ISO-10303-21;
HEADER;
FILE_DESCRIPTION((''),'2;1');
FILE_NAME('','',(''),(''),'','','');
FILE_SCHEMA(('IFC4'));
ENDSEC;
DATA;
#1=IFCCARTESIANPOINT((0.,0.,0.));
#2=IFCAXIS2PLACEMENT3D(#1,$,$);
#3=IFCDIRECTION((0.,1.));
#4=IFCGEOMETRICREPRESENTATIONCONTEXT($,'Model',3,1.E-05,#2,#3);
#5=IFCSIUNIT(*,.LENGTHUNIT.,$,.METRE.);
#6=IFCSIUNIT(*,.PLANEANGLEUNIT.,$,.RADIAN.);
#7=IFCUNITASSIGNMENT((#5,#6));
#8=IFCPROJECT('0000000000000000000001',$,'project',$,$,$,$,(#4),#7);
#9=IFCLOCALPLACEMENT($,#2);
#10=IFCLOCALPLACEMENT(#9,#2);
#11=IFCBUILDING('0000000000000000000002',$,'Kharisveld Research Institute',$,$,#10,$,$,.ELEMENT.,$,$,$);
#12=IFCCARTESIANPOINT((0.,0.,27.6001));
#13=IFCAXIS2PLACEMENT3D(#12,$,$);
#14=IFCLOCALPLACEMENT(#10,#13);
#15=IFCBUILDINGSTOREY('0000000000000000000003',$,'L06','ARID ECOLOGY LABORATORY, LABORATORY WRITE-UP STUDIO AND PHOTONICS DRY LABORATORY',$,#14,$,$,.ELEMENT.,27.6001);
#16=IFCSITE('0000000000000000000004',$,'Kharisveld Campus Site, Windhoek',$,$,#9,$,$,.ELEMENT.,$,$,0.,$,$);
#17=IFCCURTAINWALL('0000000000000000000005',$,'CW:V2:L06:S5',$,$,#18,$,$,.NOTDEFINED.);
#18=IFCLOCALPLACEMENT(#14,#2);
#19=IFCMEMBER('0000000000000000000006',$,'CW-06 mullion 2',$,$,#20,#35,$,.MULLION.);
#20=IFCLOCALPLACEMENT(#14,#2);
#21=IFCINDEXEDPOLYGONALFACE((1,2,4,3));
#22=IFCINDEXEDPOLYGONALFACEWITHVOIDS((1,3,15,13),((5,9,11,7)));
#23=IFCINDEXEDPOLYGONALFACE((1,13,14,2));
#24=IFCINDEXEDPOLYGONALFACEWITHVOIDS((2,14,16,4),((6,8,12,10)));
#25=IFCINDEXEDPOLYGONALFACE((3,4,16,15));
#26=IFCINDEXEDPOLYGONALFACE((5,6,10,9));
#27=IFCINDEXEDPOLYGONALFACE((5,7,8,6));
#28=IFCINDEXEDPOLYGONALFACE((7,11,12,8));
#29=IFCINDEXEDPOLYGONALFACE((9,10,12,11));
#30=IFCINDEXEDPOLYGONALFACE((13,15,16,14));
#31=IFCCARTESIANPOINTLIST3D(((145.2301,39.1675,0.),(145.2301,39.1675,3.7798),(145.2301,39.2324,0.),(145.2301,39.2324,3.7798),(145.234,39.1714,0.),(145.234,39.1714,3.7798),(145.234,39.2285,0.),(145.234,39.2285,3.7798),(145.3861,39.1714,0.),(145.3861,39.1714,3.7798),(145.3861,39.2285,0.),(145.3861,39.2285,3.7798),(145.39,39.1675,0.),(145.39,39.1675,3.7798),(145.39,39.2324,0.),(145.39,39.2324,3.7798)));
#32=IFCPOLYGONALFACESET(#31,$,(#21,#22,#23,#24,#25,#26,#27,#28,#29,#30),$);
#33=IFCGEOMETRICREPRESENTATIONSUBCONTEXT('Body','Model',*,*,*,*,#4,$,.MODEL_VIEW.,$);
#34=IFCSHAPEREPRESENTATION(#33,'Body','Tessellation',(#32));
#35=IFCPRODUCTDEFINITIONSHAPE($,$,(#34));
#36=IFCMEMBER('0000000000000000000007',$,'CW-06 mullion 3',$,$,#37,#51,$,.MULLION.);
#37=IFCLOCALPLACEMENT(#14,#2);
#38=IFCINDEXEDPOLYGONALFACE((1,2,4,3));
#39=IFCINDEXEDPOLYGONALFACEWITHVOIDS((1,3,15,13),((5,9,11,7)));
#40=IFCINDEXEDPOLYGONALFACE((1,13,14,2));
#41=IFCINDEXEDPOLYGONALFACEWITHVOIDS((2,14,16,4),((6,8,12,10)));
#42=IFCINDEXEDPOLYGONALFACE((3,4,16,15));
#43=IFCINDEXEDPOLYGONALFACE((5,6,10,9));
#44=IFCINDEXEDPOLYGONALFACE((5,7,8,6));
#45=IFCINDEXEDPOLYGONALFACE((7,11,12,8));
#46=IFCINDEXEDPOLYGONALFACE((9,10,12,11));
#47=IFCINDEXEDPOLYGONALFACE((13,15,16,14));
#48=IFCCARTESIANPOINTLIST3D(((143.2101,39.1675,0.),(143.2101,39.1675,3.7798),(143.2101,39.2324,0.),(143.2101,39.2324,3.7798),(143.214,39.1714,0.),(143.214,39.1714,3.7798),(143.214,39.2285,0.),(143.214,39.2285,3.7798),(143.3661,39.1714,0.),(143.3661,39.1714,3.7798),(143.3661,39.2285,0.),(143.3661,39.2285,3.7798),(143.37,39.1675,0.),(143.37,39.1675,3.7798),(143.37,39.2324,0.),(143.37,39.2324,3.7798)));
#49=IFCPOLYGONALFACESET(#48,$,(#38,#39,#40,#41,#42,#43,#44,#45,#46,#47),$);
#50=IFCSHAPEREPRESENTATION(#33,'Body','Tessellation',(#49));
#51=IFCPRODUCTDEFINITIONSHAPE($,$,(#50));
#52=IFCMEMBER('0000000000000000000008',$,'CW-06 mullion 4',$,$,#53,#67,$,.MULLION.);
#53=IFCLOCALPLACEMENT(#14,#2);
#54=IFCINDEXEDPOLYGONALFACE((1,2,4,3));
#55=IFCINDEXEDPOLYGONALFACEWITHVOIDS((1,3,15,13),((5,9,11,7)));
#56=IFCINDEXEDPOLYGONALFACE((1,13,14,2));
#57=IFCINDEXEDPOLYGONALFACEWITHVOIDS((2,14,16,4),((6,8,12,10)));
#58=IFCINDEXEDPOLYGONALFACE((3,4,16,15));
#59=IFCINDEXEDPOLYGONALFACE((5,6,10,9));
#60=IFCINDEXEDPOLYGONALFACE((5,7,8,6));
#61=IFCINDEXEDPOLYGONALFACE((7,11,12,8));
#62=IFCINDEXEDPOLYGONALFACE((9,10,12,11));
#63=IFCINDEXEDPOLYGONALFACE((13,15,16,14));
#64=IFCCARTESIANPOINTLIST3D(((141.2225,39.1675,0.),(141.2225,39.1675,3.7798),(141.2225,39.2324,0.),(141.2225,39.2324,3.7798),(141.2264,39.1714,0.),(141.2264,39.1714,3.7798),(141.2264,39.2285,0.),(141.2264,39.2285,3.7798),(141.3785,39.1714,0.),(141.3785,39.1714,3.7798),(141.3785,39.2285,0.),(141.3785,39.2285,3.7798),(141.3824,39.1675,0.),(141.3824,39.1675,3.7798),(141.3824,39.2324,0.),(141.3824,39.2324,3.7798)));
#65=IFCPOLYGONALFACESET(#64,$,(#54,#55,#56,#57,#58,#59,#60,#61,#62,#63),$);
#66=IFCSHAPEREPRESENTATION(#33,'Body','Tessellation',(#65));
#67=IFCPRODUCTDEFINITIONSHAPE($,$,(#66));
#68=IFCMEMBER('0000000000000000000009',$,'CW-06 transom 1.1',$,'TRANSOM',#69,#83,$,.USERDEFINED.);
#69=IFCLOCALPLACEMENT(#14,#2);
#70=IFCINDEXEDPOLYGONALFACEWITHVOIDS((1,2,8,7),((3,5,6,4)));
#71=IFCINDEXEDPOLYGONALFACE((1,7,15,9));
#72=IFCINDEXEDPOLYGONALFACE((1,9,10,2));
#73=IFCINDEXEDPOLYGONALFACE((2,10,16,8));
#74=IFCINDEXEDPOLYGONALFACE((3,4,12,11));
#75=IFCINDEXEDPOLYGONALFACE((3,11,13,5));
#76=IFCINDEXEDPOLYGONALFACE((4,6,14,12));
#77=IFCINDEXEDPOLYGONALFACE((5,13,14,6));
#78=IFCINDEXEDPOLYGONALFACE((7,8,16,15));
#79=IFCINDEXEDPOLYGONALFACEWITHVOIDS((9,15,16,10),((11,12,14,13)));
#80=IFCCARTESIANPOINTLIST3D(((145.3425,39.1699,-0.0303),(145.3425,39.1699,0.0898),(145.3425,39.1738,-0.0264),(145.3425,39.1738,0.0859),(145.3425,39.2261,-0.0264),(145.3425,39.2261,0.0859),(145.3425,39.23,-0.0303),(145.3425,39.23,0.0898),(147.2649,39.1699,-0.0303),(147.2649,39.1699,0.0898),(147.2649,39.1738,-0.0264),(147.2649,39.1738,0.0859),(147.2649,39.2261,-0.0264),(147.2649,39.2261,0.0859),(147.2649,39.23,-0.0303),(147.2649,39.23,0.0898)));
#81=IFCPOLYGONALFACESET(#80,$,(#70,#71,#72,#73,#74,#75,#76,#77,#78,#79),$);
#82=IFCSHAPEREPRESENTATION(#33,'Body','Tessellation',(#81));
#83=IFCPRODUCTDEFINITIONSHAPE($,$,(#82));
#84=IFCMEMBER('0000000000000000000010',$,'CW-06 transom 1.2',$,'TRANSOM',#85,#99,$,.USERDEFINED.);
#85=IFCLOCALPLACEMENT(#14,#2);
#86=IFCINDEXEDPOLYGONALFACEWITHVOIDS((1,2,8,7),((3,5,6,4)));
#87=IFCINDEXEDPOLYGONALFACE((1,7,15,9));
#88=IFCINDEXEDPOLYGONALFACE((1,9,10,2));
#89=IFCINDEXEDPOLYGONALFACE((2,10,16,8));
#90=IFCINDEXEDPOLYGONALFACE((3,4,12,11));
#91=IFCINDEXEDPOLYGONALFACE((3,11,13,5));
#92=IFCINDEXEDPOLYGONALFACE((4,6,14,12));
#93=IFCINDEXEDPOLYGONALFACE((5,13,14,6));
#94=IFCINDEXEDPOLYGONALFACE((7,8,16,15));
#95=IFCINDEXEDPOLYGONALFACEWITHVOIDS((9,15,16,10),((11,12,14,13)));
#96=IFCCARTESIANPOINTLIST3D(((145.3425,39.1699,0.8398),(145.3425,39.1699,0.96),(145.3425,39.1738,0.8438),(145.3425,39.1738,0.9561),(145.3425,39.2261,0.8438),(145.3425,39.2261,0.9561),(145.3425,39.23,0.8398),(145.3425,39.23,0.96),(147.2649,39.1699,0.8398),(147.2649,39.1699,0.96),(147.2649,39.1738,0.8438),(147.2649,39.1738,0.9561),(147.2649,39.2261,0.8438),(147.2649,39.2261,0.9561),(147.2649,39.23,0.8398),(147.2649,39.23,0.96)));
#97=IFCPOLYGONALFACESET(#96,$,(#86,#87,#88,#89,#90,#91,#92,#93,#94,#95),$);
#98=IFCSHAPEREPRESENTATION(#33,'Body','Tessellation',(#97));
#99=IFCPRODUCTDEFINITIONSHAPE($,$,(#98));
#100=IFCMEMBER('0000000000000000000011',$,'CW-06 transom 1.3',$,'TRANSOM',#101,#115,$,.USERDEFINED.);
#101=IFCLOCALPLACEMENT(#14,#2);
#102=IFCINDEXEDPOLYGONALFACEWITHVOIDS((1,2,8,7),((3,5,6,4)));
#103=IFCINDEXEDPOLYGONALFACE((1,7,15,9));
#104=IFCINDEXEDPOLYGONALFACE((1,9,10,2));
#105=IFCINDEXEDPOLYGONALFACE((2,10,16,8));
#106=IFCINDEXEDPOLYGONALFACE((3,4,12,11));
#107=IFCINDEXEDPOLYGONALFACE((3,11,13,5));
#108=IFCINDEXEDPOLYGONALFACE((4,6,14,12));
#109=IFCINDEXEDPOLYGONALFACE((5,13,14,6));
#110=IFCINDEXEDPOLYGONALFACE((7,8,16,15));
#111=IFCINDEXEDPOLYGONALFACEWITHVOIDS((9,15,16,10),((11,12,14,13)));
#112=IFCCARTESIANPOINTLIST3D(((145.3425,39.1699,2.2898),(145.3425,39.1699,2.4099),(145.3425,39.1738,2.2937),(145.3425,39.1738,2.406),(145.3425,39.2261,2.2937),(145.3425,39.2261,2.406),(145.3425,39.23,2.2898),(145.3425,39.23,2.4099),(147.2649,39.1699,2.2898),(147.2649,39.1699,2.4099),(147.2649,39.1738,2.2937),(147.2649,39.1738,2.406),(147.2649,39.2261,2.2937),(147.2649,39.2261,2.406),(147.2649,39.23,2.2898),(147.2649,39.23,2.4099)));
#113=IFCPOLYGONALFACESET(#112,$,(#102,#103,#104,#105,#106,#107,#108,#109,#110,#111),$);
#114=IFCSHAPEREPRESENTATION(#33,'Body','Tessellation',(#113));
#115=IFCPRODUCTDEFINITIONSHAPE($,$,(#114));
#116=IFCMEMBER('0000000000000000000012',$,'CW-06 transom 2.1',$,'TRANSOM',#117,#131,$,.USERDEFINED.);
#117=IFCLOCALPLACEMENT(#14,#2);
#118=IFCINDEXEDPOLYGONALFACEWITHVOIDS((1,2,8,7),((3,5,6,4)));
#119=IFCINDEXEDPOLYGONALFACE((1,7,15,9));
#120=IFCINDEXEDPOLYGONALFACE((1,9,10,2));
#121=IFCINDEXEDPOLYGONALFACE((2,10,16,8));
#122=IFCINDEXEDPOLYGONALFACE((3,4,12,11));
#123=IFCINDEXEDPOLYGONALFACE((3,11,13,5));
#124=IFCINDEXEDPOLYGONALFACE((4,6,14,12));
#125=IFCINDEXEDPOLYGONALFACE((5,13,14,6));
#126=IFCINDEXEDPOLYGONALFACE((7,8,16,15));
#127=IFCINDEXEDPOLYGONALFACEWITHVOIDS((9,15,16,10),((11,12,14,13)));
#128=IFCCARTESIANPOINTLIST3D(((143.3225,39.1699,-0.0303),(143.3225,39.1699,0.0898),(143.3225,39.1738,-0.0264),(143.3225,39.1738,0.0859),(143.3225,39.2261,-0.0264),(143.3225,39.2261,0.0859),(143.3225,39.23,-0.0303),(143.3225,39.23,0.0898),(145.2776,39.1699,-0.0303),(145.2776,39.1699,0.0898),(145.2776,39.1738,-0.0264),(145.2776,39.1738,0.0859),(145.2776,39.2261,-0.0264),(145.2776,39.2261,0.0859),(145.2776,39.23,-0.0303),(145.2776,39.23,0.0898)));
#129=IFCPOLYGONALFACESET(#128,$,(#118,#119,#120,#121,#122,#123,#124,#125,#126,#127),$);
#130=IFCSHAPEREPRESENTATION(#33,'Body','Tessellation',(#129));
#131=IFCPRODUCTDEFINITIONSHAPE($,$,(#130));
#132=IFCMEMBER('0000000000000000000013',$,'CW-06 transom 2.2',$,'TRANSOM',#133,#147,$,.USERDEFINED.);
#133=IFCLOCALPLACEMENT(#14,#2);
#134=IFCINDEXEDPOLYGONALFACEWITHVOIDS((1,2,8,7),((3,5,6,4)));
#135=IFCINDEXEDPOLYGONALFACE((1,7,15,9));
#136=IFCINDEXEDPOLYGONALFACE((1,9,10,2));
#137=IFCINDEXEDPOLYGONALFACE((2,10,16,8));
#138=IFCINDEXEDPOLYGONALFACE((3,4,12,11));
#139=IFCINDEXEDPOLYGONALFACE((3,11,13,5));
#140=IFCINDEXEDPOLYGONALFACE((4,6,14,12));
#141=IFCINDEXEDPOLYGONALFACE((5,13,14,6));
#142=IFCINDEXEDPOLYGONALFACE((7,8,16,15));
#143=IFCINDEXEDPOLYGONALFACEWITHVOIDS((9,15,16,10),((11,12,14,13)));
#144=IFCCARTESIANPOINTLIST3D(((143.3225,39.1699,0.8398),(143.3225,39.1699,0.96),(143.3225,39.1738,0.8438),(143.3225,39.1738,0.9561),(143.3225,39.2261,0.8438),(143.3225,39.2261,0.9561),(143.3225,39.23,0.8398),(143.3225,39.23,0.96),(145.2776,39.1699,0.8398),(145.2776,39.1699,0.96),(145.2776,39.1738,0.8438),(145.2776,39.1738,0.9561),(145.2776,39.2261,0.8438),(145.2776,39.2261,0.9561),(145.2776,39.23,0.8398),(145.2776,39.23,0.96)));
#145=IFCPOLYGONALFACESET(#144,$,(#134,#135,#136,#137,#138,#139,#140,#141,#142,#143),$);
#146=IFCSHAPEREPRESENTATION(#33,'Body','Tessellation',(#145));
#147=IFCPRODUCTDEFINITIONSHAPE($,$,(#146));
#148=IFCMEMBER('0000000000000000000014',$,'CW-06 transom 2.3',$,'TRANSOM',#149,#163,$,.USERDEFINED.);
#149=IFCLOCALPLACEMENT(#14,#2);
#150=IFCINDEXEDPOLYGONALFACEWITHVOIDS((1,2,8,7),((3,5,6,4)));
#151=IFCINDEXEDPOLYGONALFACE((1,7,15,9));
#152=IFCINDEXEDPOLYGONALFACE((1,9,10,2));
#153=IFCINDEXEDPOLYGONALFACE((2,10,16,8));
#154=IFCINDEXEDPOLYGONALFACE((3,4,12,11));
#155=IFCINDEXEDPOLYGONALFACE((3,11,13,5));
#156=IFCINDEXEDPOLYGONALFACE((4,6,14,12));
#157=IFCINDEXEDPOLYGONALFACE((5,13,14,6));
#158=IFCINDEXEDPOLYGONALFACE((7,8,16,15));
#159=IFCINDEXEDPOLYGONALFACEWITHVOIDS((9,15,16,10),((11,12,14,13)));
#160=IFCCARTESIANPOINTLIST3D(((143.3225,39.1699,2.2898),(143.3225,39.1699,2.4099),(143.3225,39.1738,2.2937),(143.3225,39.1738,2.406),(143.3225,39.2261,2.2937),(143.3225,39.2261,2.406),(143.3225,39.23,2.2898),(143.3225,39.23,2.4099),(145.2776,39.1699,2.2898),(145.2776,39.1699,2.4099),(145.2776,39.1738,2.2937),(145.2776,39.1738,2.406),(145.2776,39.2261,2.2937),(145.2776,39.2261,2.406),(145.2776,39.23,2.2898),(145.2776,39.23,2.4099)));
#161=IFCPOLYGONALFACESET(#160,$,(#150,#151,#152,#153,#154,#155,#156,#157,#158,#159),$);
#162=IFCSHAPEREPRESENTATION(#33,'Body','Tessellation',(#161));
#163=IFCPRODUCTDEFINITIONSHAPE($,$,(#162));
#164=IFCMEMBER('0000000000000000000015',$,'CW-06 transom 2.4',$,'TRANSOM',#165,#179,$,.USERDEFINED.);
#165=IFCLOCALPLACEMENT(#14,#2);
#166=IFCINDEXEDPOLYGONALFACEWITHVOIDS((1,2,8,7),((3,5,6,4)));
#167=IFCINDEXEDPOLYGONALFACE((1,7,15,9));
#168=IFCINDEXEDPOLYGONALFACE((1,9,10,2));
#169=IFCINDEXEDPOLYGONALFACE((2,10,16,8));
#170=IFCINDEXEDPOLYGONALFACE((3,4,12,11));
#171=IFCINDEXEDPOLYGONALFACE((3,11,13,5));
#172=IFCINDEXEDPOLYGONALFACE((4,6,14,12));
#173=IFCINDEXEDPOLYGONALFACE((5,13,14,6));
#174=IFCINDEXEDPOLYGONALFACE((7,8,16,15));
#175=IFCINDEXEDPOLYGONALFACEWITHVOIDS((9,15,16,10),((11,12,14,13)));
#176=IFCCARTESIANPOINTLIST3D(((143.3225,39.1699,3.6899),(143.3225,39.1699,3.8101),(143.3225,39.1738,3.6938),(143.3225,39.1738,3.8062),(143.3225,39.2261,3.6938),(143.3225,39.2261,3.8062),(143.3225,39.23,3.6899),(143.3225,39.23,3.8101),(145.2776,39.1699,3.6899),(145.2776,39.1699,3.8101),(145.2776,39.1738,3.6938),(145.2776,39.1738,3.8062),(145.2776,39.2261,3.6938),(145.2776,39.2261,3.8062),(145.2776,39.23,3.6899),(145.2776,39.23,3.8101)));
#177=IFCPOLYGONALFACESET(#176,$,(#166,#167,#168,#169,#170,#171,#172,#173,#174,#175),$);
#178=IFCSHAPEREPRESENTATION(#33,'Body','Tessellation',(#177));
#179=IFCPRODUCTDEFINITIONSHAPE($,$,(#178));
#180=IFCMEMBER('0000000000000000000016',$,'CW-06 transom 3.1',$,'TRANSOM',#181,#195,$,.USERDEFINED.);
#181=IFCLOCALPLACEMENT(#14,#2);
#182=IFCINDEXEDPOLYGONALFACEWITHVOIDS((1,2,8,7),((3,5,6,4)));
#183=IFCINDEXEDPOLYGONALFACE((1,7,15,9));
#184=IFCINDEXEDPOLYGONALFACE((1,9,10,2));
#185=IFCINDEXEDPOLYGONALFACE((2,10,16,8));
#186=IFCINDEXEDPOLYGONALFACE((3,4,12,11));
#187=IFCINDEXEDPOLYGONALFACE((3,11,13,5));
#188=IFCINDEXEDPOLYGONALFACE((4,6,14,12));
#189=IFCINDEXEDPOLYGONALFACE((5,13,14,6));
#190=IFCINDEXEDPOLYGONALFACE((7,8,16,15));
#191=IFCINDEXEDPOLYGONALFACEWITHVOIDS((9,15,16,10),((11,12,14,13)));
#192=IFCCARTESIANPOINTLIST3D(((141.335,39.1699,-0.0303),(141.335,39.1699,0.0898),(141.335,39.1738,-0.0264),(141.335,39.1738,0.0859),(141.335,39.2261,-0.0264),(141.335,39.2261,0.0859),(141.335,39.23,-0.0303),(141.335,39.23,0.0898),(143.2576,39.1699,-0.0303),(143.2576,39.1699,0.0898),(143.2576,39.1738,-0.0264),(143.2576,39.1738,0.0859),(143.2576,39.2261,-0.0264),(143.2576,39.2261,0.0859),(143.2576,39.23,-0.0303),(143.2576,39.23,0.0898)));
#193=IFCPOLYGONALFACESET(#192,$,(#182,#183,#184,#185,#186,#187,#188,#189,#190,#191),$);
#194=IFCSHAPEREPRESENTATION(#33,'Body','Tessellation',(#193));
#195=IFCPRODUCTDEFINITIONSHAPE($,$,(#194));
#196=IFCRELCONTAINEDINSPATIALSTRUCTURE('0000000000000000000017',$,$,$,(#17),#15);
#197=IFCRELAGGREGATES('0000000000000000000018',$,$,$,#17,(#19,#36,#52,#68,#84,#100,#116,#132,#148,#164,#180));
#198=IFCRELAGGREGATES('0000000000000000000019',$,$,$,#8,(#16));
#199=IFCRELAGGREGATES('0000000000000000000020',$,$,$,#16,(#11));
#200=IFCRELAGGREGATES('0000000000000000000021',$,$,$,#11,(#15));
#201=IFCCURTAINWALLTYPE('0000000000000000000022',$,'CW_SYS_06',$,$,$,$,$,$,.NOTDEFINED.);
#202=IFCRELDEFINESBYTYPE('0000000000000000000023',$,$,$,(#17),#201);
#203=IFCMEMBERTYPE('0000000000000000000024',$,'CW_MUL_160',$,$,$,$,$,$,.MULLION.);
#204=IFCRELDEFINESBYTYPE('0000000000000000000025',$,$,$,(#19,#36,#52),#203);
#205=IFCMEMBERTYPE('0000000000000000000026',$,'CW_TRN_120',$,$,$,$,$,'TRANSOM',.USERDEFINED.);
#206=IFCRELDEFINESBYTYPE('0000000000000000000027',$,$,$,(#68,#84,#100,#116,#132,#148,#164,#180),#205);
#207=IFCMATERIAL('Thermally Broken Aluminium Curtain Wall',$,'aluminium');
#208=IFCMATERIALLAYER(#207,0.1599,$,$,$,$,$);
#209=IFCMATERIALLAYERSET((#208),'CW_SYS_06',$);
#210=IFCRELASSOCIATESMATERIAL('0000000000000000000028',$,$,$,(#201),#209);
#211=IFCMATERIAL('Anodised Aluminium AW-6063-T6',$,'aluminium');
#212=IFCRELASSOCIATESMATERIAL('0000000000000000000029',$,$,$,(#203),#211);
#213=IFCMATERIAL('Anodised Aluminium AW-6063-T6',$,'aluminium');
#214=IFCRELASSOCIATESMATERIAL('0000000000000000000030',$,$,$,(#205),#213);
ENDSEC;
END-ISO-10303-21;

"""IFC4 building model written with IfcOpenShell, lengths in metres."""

from ifc_helpers import new_model, si_unit, direction, frame, origin, origin_2d, place, context, subcontext, project, spatial, hollow_rectangle, extrude, material, layer, layer_set, material_profile, profile_set, type_object, element, aggregate, save


model = new_model("IFC4")

# Units and contexts
model_context = context("Model", 3, precision=1e-05, world=origin(), true_north=direction((0.0, 1.0)))
body_context = subcontext(model_context, "Body", "Model", "MODEL_VIEW")
ifc_project = project(units=[si_unit("LENGTHUNIT", "METRE"), si_unit("PLANEANGLEUNIT", "RADIAN")], contexts=[model_context])

# Site, building, storey
site_placement = place(None, origin())
site = spatial("IfcSite", under=ifc_project, at=site_placement, Name="Kharisveld Campus Site, Windhoek", CompositionType="ELEMENT", RefElevation=0.0)
building_placement = place(site_placement, origin())
building = spatial("IfcBuilding", under=site, at=building_placement, Name="Kharisveld Research Institute", CompositionType="ELEMENT")
storey_placement = place(building_placement, frame((0.0, 0.0, 27.6001)))
storey = spatial("IfcBuildingStorey", under=building, at=storey_placement, Name="L06", Description="ARID ECOLOGY LABORATORY, LABORATORY WRITE-UP STUDIO AND PHOTONICS DRY LABORATORY", CompositionType="ELEMENT", Elevation=27.6001)

# Curtain wall, members
ifc_material_1 = material(Name="Thermally Broken Aluminium Curtain Wall", Category="aluminium")
ifc_layer_1 = layer(ifc_material_1, 0.1599)
ifc_layer_set_1 = layer_set([ifc_layer_1], Name="CW_SYS_06")
curtain_wall_type = type_object("IfcCurtainWallType", Name="CW_SYS_06", PredefinedType="NOTDEFINED", material=ifc_layer_set_1)
curtain_wall_placement = place(storey_placement, origin())
curtain_wall = element("IfcCurtainWall", 1, at=curtain_wall_placement, inside=storey, type_object=curtain_wall_type, Name="CW:V2:L06:S5", PredefinedType="NOTDEFINED")
ifc_material_2 = material(Name="Anodised Aluminium AW-6063-T6", Category="aluminium")
ifc_material_profile_1 = material_profile(ifc_material_2, hollow_rectangle(XDim=0.0649, YDim=0.1599, WallThickness=0.0039, at=origin_2d()))
ifc_profile_set_1 = profile_set([ifc_material_profile_1], Name="Anodised Aluminium AW-6063-T6")
member_type_1 = type_object("IfcMemberType", Name="CW_MUL_160", PredefinedType="MULLION", material=ifc_profile_set_1)
member_1_placement = place(storey_placement, frame((145.3101, 39.2, 0.0), z_axis=(0.0, 0.0, 1.0), x_axis=(0.0, -1.0, 0.0)))
member_1 = element("IfcMember", 2, at=member_1_placement, type_object=member_type_1, Name="CW-06 mullion 2", PredefinedType="MULLION", context=body_context, shape_type="SweptSolid", body=[
    extrude(hollow_rectangle(XDim=0.0649, YDim=0.1599, WallThickness=0.0039, at=origin_2d()), origin(), (0.0, 0.0, 1.0), 3.7798),
])
member_2_placement = place(storey_placement, frame((143.29, 39.2, 0.0), z_axis=(0.0, 0.0, 1.0), x_axis=(0.0, -1.0, 0.0)))
member_2 = element("IfcMember", 3, at=member_2_placement, type_object=member_type_1, Name="CW-06 mullion 3", PredefinedType="MULLION", context=body_context, shape_type="SweptSolid", body=[
    extrude(hollow_rectangle(XDim=0.0649, YDim=0.1599, WallThickness=0.0039, at=origin_2d()), origin(), (0.0, 0.0, 1.0), 3.7798),
])
member_3_placement = place(storey_placement, frame((141.3025, 39.2, 0.0), z_axis=(0.0, 0.0, 1.0), x_axis=(0.0, -1.0, 0.0)))
member_3 = element("IfcMember", 4, at=member_3_placement, type_object=member_type_1, Name="CW-06 mullion 4", PredefinedType="MULLION", context=body_context, shape_type="SweptSolid", body=[
    extrude(hollow_rectangle(XDim=0.0649, YDim=0.1599, WallThickness=0.0039, at=origin_2d()), origin(), (0.0, 0.0, 1.0), 3.7798),
])
ifc_material_3 = material(Name="Anodised Aluminium AW-6063-T6", Category="aluminium")
ifc_material_profile_2 = material_profile(ifc_material_3, hollow_rectangle(XDim=0.0601, YDim=0.1201, WallThickness=0.0039, at=origin_2d()))
ifc_profile_set_2 = profile_set([ifc_material_profile_2], Name="Anodised Aluminium AW-6063-T6")
member_type_2 = type_object("IfcMemberType", Name="CW_TRN_120", ElementType="TRANSOM", PredefinedType="USERDEFINED", material=ifc_profile_set_2)
member_4_placement = place(storey_placement, frame((147.2649, 39.2, 0.0298), z_axis=(-1.0, 0.0, 0.0), x_axis=(0.0, -1.0, 0.0)))
member_4 = element("IfcMember", 5, at=member_4_placement, type_object=member_type_2, Name="CW-06 transom 1.1", ObjectType="TRANSOM", PredefinedType="USERDEFINED", context=body_context, shape_type="SweptSolid", body=[
    extrude(hollow_rectangle(XDim=0.0601, YDim=0.1201, WallThickness=0.0039, at=origin_2d()), origin(), (0.0, 0.0, 1.0), 1.9224),
])
member_5_placement = place(storey_placement, frame((147.2649, 39.2, 0.8999), z_axis=(-1.0, 0.0, 0.0), x_axis=(0.0, -1.0, 0.0)))
member_5 = element("IfcMember", 6, at=member_5_placement, type_object=member_type_2, Name="CW-06 transom 1.2", ObjectType="TRANSOM", PredefinedType="USERDEFINED", context=body_context, shape_type="SweptSolid", body=[
    extrude(hollow_rectangle(XDim=0.0601, YDim=0.1201, WallThickness=0.0039, at=origin_2d()), origin(), (0.0, 0.0, 1.0), 1.9224),
])
member_6_placement = place(storey_placement, frame((147.2649, 39.2, 2.3499), z_axis=(-1.0, 0.0, 0.0), x_axis=(0.0, -1.0, 0.0)))
member_6 = element("IfcMember", 7, at=member_6_placement, type_object=member_type_2, Name="CW-06 transom 1.3", ObjectType="TRANSOM", PredefinedType="USERDEFINED", context=body_context, shape_type="SweptSolid", body=[
    extrude(hollow_rectangle(XDim=0.0601, YDim=0.1201, WallThickness=0.0039, at=origin_2d()), origin(), (0.0, 0.0, 1.0), 1.9224),
])
member_7_placement = place(storey_placement, frame((145.2776, 39.2, 0.0298), z_axis=(-1.0, 0.0, 0.0), x_axis=(0.0, -1.0, 0.0)))
member_7 = element("IfcMember", 8, at=member_7_placement, type_object=member_type_2, Name="CW-06 transom 2.1", ObjectType="TRANSOM", PredefinedType="USERDEFINED", context=body_context, shape_type="SweptSolid", body=[
    extrude(hollow_rectangle(XDim=0.0601, YDim=0.1201, WallThickness=0.0039, at=origin_2d()), origin(), (0.0, 0.0, 1.0), 1.9551),
])
member_8_placement = place(storey_placement, frame((145.2776, 39.2, 0.8999), z_axis=(-1.0, 0.0, 0.0), x_axis=(0.0, -1.0, 0.0)))
member_8 = element("IfcMember", 9, at=member_8_placement, type_object=member_type_2, Name="CW-06 transom 2.2", ObjectType="TRANSOM", PredefinedType="USERDEFINED", context=body_context, shape_type="SweptSolid", body=[
    extrude(hollow_rectangle(XDim=0.0601, YDim=0.1201, WallThickness=0.0039, at=origin_2d()), origin(), (0.0, 0.0, 1.0), 1.9551),
])
member_9_placement = place(storey_placement, frame((145.2776, 39.2, 2.3499), z_axis=(-1.0, 0.0, 0.0), x_axis=(0.0, -1.0, 0.0)))
member_9 = element("IfcMember", 10, at=member_9_placement, type_object=member_type_2, Name="CW-06 transom 2.3", ObjectType="TRANSOM", PredefinedType="USERDEFINED", context=body_context, shape_type="SweptSolid", body=[
    extrude(hollow_rectangle(XDim=0.0601, YDim=0.1201, WallThickness=0.0039, at=origin_2d()), origin(), (0.0, 0.0, 1.0), 1.9551),
])
member_10_placement = place(storey_placement, frame((145.2776, 39.2, 3.75), z_axis=(-1.0, 0.0, 0.0), x_axis=(0.0, -1.0, 0.0)))
member_10 = element("IfcMember", 11, at=member_10_placement, type_object=member_type_2, Name="CW-06 transom 2.4", ObjectType="TRANSOM", PredefinedType="USERDEFINED", context=body_context, shape_type="SweptSolid", body=[
    extrude(hollow_rectangle(XDim=0.0601, YDim=0.1201, WallThickness=0.0039, at=origin_2d()), origin(), (0.0, 0.0, 1.0), 1.9551),
])
member_11_placement = place(storey_placement, frame((143.2576, 39.2, 0.0298), z_axis=(-1.0, 0.0, 0.0), x_axis=(0.0, -1.0, 0.0)))
member_11 = element("IfcMember", 12, at=member_11_placement, type_object=member_type_2, Name="CW-06 transom 3.1", ObjectType="TRANSOM", PredefinedType="USERDEFINED", context=body_context, shape_type="SweptSolid", body=[
    extrude(hollow_rectangle(XDim=0.0601, YDim=0.1201, WallThickness=0.0039, at=origin_2d()), origin(), (0.0, 0.0, 1.0), 1.9226),
])
aggregate(curtain_wall, [member_1, member_2, member_3, member_4, member_5, member_6, member_7, member_8, member_9, member_10, member_11])

save(model, "model.ifc")
